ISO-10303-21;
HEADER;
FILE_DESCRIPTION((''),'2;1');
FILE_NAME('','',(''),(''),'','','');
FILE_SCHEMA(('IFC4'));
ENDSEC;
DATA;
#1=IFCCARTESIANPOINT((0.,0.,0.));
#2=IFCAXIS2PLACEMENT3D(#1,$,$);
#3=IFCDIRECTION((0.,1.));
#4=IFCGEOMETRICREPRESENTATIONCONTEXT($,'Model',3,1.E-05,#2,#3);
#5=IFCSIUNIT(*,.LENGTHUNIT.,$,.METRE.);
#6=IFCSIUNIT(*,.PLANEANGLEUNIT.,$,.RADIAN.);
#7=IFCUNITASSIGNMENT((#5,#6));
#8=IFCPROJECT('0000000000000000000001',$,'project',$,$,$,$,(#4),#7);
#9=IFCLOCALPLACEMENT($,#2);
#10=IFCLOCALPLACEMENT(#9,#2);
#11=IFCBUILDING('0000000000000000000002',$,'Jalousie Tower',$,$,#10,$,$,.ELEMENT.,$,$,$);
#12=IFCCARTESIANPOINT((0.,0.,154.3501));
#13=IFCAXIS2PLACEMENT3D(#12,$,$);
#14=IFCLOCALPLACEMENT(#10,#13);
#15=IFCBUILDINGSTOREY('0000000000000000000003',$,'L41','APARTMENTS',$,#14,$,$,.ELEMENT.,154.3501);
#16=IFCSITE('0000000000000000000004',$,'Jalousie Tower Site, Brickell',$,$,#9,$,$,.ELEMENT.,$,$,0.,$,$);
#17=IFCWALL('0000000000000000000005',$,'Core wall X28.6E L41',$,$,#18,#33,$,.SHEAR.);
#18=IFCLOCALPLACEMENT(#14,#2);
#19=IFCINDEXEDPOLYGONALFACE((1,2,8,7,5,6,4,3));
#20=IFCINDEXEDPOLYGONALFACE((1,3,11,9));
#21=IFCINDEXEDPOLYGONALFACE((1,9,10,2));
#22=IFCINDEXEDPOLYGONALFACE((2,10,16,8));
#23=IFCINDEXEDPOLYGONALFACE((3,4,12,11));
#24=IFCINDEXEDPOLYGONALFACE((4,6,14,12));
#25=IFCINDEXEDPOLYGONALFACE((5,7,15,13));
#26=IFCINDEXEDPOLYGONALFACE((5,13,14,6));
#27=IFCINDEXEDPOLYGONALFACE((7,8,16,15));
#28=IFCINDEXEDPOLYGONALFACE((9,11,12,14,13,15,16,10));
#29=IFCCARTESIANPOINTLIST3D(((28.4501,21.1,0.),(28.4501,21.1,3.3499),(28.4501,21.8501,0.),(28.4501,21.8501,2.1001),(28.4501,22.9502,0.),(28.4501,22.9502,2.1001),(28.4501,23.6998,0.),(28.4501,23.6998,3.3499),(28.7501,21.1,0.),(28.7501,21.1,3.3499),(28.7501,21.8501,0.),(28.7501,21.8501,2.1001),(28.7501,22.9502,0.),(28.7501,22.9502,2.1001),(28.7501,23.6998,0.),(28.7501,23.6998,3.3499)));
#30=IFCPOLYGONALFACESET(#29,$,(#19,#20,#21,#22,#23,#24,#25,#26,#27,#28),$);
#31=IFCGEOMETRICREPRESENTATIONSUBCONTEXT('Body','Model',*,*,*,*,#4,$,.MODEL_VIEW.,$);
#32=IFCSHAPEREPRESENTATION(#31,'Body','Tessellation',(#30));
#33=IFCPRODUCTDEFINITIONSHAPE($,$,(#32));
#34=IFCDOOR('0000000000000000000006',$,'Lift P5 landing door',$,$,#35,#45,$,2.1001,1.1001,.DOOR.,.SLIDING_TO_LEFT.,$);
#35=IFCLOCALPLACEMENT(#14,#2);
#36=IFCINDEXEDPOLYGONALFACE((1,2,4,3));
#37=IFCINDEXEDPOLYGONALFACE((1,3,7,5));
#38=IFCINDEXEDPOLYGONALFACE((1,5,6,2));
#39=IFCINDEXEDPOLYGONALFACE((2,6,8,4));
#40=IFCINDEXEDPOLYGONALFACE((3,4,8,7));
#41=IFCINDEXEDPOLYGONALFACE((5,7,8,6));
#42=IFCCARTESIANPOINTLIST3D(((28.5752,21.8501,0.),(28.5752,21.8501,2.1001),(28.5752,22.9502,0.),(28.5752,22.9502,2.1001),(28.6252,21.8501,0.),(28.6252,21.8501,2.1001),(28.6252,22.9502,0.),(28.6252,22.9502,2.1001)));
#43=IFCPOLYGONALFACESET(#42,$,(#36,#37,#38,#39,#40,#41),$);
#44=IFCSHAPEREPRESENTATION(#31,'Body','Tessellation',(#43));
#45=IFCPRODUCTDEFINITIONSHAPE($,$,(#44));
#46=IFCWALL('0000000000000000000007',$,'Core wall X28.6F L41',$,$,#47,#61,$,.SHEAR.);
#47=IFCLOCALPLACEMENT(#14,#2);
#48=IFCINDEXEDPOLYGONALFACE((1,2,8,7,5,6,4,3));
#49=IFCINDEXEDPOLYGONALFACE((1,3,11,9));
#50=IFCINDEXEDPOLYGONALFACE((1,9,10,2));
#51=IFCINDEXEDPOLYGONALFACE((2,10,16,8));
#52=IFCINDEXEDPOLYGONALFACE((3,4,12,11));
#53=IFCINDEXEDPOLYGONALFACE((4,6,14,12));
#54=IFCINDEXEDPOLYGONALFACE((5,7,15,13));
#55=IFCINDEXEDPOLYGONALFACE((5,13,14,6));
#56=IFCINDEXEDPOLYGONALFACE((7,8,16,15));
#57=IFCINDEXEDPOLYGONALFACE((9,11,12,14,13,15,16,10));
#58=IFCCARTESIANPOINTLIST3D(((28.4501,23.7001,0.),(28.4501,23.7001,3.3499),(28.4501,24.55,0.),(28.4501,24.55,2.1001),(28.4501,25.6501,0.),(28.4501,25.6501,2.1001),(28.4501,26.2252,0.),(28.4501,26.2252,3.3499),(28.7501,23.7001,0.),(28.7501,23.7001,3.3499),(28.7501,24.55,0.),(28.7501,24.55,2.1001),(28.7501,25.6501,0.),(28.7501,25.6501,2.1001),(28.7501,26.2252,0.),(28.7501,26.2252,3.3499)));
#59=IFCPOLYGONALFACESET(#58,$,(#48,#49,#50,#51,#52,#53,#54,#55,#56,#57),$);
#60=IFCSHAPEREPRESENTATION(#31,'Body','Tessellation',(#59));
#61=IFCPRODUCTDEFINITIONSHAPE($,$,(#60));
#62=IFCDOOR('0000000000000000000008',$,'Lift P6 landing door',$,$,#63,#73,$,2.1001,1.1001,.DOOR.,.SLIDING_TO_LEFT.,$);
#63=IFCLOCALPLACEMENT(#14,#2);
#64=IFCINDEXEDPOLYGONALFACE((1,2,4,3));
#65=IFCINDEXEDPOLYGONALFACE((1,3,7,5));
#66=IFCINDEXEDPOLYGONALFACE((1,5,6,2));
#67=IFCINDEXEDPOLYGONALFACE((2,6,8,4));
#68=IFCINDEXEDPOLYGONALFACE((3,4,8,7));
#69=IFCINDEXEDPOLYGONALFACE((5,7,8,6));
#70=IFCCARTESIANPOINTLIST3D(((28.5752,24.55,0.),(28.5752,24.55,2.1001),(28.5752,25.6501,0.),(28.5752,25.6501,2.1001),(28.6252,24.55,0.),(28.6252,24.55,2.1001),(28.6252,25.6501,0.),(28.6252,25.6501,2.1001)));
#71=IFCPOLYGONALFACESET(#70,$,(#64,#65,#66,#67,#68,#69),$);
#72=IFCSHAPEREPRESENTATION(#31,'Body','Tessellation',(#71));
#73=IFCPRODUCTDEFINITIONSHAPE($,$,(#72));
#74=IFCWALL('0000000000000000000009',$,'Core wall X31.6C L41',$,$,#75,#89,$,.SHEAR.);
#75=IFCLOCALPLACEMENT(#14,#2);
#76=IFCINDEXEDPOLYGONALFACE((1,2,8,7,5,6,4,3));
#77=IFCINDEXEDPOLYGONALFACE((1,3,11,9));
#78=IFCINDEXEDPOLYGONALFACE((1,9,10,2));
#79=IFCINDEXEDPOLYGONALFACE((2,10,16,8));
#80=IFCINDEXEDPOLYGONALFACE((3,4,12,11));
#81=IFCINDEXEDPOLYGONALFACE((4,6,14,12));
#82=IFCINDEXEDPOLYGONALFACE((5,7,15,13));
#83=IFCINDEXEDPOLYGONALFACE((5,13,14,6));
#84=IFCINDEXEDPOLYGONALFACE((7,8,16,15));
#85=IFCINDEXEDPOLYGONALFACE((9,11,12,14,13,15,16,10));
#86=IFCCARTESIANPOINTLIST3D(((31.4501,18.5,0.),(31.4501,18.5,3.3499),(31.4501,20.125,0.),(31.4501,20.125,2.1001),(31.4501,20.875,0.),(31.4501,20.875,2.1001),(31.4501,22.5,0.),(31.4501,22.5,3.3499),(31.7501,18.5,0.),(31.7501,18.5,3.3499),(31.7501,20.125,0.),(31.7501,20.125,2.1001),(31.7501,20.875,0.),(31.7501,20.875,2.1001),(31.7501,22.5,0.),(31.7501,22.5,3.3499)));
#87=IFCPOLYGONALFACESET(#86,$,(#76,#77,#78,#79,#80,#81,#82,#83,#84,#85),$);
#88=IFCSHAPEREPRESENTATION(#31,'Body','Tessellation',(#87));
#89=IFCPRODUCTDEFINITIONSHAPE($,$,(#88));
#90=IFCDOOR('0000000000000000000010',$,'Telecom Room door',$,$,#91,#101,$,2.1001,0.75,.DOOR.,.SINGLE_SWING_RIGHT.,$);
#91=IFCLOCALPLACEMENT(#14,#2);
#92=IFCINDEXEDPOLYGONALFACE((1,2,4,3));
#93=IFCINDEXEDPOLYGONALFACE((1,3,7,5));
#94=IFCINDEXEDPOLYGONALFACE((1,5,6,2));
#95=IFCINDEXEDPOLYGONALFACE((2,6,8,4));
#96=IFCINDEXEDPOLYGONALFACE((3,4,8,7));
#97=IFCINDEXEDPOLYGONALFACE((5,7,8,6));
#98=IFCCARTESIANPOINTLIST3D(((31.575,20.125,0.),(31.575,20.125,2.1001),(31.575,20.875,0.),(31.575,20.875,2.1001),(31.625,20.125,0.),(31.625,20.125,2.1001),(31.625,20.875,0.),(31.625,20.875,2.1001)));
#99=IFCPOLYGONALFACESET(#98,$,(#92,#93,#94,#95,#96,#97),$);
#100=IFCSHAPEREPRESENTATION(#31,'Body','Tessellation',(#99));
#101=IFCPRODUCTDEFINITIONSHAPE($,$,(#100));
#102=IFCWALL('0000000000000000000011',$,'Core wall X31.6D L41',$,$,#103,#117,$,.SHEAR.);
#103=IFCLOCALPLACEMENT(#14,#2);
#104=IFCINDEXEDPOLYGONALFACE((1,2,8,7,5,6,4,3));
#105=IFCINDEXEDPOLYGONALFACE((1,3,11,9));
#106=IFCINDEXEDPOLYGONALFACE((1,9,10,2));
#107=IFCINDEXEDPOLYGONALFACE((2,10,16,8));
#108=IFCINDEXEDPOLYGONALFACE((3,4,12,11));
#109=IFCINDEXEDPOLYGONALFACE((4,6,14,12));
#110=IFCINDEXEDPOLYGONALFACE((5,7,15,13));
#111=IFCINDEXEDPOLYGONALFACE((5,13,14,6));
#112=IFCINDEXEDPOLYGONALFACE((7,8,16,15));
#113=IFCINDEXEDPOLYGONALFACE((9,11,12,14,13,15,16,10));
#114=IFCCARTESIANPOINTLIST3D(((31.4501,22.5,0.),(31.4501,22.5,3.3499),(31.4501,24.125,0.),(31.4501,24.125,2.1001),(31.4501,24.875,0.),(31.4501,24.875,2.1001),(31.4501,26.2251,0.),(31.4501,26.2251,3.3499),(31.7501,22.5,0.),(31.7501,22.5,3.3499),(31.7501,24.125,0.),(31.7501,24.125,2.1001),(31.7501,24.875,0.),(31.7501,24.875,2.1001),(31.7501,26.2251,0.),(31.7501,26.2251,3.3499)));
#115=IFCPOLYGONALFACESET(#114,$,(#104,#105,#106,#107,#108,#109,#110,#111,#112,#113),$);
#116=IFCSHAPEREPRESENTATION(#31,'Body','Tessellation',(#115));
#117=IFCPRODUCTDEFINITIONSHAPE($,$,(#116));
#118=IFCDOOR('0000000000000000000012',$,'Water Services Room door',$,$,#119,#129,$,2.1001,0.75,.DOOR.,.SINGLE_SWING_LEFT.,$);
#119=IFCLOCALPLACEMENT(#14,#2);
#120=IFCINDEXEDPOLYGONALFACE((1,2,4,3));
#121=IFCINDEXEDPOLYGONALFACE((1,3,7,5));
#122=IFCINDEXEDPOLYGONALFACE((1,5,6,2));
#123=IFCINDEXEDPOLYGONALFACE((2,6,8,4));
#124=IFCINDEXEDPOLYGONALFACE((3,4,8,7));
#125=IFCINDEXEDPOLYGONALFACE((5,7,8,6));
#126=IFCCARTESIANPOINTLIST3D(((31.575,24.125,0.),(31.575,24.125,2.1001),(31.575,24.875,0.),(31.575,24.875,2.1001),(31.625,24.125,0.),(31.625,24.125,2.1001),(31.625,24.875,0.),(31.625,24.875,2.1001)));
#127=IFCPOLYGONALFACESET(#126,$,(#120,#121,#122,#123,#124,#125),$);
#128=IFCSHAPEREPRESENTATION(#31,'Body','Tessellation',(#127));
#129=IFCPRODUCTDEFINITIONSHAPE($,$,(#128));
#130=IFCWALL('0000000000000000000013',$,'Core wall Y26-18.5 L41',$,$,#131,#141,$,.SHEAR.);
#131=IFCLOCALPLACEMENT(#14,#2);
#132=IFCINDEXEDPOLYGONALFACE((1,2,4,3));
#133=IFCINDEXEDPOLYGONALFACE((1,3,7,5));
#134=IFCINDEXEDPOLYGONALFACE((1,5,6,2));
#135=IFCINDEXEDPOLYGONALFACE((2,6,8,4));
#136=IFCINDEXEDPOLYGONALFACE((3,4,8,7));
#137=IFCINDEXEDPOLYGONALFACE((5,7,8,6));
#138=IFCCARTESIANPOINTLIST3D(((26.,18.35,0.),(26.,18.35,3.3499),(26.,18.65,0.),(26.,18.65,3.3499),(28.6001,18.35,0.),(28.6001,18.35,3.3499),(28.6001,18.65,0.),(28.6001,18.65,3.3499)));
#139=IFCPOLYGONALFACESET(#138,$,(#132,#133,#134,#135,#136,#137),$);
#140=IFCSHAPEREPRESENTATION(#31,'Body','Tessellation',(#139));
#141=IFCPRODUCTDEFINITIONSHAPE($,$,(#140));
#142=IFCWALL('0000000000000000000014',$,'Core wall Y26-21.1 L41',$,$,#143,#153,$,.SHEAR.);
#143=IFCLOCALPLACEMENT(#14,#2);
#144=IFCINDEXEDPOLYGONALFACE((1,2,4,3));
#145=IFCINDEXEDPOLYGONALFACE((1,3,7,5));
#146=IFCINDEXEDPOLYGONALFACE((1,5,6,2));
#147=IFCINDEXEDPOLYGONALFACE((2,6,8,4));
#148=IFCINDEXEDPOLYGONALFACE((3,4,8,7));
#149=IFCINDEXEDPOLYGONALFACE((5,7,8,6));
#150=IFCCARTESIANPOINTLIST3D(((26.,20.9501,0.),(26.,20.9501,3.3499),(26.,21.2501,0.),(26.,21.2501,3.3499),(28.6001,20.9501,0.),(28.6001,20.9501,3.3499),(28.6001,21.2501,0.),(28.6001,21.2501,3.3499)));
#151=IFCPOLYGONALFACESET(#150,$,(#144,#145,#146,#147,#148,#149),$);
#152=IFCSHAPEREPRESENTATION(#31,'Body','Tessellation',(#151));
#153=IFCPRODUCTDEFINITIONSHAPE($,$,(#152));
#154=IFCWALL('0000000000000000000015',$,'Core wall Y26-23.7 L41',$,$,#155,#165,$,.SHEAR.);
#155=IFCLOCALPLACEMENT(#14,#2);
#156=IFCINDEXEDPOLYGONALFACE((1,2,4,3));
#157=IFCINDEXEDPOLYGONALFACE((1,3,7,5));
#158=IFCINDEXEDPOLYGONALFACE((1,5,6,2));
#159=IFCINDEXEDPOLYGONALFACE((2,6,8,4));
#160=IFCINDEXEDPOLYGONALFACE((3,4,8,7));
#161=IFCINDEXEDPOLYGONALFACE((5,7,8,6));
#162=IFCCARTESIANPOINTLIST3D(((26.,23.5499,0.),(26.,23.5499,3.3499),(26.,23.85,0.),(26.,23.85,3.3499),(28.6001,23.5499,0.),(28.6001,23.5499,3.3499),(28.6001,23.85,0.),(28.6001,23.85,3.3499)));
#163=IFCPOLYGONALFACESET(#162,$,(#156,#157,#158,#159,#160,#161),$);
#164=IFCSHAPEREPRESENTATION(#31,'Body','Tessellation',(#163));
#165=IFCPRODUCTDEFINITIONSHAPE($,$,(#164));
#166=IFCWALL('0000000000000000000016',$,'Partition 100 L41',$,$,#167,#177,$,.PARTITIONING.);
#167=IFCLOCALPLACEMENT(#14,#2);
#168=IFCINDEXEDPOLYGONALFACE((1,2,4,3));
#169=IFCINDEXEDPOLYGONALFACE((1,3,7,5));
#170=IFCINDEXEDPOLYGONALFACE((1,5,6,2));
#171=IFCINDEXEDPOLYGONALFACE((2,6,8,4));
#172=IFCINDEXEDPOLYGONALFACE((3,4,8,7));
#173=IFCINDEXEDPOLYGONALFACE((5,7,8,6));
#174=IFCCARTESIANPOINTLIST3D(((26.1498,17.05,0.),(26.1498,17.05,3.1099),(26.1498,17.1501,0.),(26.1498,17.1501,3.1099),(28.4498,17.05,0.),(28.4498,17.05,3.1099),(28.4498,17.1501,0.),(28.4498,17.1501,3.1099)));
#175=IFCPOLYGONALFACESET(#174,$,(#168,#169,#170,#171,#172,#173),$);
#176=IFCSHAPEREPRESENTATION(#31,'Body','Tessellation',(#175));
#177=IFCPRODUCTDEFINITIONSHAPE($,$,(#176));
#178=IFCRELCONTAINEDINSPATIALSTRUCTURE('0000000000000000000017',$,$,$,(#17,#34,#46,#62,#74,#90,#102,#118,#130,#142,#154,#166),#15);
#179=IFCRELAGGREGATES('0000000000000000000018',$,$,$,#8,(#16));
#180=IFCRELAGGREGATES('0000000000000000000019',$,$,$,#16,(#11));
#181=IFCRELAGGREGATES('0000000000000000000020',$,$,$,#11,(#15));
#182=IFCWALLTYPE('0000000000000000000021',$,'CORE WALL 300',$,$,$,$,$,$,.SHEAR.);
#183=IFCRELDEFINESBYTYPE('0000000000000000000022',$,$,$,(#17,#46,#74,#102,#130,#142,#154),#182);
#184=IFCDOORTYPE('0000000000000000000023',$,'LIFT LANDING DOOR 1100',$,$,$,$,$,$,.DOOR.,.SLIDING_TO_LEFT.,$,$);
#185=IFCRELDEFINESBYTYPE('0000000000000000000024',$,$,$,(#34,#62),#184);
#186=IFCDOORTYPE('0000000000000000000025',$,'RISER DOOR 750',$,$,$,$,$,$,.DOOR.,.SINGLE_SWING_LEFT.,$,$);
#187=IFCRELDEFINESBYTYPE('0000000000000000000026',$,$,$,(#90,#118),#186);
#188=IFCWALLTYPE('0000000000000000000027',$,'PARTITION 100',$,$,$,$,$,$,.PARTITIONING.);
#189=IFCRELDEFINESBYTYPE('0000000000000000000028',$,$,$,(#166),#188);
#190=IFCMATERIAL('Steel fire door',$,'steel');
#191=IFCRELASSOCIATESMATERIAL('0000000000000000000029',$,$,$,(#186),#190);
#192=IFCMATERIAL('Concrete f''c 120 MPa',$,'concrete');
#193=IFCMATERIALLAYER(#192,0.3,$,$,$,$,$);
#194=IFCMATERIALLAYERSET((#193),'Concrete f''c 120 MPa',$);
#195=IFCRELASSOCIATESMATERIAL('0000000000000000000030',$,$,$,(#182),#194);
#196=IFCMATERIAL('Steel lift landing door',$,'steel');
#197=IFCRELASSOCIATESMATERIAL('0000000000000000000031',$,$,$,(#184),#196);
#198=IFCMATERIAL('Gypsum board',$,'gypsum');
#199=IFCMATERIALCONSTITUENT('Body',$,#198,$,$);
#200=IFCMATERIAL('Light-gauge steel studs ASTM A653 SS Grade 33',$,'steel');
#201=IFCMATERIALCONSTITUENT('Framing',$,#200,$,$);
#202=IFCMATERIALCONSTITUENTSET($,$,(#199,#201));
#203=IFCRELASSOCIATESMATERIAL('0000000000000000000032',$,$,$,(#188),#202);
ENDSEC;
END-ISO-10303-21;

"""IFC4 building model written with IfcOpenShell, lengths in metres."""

from ifc_helpers import new_model, si_unit, direction, frame, frame_2d, origin, place, context, subcontext, project, spatial, rectangle, extrude, material, layer, layer_set, constituent, constituent_set, type_object, element, fill, save


model = new_model("IFC4")

# Units and contexts
model_context = context("Model", 3, precision=1e-05, world=origin(), true_north=direction((0.0, 1.0)))
body_context = subcontext(model_context, "Body", "Model", "MODEL_VIEW")
ifc_project = project(units=[si_unit("LENGTHUNIT", "METRE"), si_unit("PLANEANGLEUNIT", "RADIAN")], contexts=[model_context])

# Site, building, storey
site_placement = place(None, origin())
site = spatial("IfcSite", under=ifc_project, at=site_placement, Name="Jalousie Tower Site, Brickell", CompositionType="ELEMENT", RefElevation=0.0)
building_placement = place(site_placement, origin())
building = spatial("IfcBuilding", under=site, at=building_placement, Name="Jalousie Tower", CompositionType="ELEMENT")
storey_placement = place(building_placement, frame((0.0, 0.0, 154.3501)))
storey = spatial("IfcBuildingStorey", under=building, at=storey_placement, Name="L41", Description="APARTMENTS", CompositionType="ELEMENT", Elevation=154.3501)

# Shared definitions
ifc_material_1 = material(Name="Steel fire door", Category="steel")
door_type_1 = type_object("IfcDoorType", Name="RISER DOOR 750", OperationType="SINGLE_SWING_LEFT", PredefinedType="DOOR", material=ifc_material_1)

# Shared definitions
ifc_material_2 = material(Name="Concrete f'c 120 MPa", Category="concrete")
ifc_layer_1 = layer(ifc_material_2, 0.3)
ifc_layer_set_1 = layer_set([ifc_layer_1], Name="Concrete f'c 120 MPa")
wall_type_1 = type_object("IfcWallType", Name="CORE WALL 300", PredefinedType="SHEAR", material=ifc_layer_set_1)

# Walls, openings, doors
ifc_material_3 = material(Name="Steel lift landing door", Category="steel")
door_type_2 = type_object("IfcDoorType", Name="LIFT LANDING DOOR 1100", OperationType="SLIDING_TO_LEFT", PredefinedType="DOOR", material=ifc_material_3)
wall_1_placement = place(storey_placement, frame((28.6001, 21.1001, 0.0), z_axis=(0.0, 0.0, 1.0), x_axis=(0.0, 1.0, 0.0)))
wall_1 = element("IfcWall", 1, at=wall_1_placement, inside=storey, type_object=wall_type_1, Name="Core wall X28.6E L41", PredefinedType="SHEAR", context=body_context, shape_type="SweptSolid", body=[
    extrude(rectangle(XDim=2.5999, YDim=0.3, at=frame_2d((1.2998, 0.0))), origin(), (0.0, 0.0, 1.0), 3.3499),
])
opening_1_placement = place(wall_1_placement, frame((0.75, 0.0, 0.0)))
opening_1 = element("IfcOpeningElement", 2, at=opening_1_placement, cuts=wall_1, PredefinedType="OPENING", context=body_context, shape_type="SweptSolid", body=[
    extrude(rectangle(XDim=1.1001, YDim=2.1001, at=frame_2d((0.55, 1.05))), frame((0.0, 0.1599, 0.0), z_axis=(0.0, -1.0, 0.0), x_axis=(1.0, 0.0, 0.0)), (0.0, 0.0, 1.0), 0.3201),
])
door_1_placement = place(opening_1_placement, origin())
door_1 = element("IfcDoor", 3, at=door_1_placement, inside=storey, type_object=door_type_2, Name="Lift P5 landing door", OperationType="SLIDING_TO_LEFT", OverallHeight=2.1001, OverallWidth=1.1001, PredefinedType="DOOR", context=body_context, shape_type="SweptSolid", body=[
    extrude(rectangle(XDim=1.1001, YDim=2.1001, at=frame_2d((0.55, 1.05))), frame((0.0, 0.0249, 0.0), z_axis=(0.0, -1.0, 0.0), x_axis=(1.0, 0.0, 0.0)), (0.0, 0.0, 1.0), 0.05),
])
fill(opening_1, door_1)
wall_2_placement = place(storey_placement, frame((28.6001, 23.7, 0.0), z_axis=(0.0, 0.0, 1.0), x_axis=(0.0, 1.0, 0.0)))
wall_2 = element("IfcWall", 4, at=wall_2_placement, inside=storey, type_object=wall_type_1, Name="Core wall X28.6F L41", PredefinedType="SHEAR", context=body_context, shape_type="SweptSolid", body=[
    extrude(rectangle(XDim=2.5251, YDim=0.3, at=frame_2d((1.2627, 0.0))), origin(), (0.0, 0.0, 1.0), 3.3499),
])
opening_2_placement = place(wall_2_placement, frame((0.8501, 0.0, 0.0)))
opening_2 = element("IfcOpeningElement", 5, at=opening_2_placement, cuts=wall_2, PredefinedType="OPENING", context=body_context, shape_type="SweptSolid", body=[
    extrude(rectangle(XDim=1.1001, YDim=2.1001, at=frame_2d((0.55, 1.05))), frame((0.0, 0.1599, 0.0), z_axis=(0.0, -1.0, 0.0), x_axis=(1.0, 0.0, 0.0)), (0.0, 0.0, 1.0), 0.3201),
])
door_2_placement = place(opening_2_placement, origin())
door_2 = element("IfcDoor", 6, at=door_2_placement, inside=storey, type_object=door_type_2, Name="Lift P6 landing door", OperationType="SLIDING_TO_LEFT", OverallHeight=2.1001, OverallWidth=1.1001, PredefinedType="DOOR", context=body_context, shape_type="SweptSolid", body=[
    extrude(rectangle(XDim=1.1001, YDim=2.1001, at=frame_2d((0.55, 1.05))), frame((0.0, 0.0249, 0.0), z_axis=(0.0, -1.0, 0.0), x_axis=(1.0, 0.0, 0.0)), (0.0, 0.0, 1.0), 0.05),
])
fill(opening_2, door_2)
wall_3_placement = place(storey_placement, frame((31.6001, 18.5, 0.0), z_axis=(0.0, 0.0, 1.0), x_axis=(0.0, 1.0, 0.0)))
wall_3 = element("IfcWall", 7, at=wall_3_placement, inside=storey, type_object=wall_type_1, Name="Core wall X31.6C L41", PredefinedType="SHEAR", context=body_context, shape_type="SweptSolid", body=[
    extrude(rectangle(XDim=4.0, YDim=0.3, at=frame_2d((2.0, 0.0))), origin(), (0.0, 0.0, 1.0), 3.3499),
])
opening_3_placement = place(wall_3_placement, frame((1.625, 0.0, 0.0)))
opening_3 = element("IfcOpeningElement", 8, at=opening_3_placement, cuts=wall_3, PredefinedType="OPENING", context=body_context, shape_type="SweptSolid", body=[
    extrude(rectangle(XDim=0.75, YDim=2.1001, at=frame_2d((0.375, 1.05))), frame((0.0, 0.1599, 0.0), z_axis=(0.0, -1.0, 0.0), x_axis=(1.0, 0.0, 0.0)), (0.0, 0.0, 1.0), 0.3201),
])
door_3_placement = place(opening_3_placement, frame((0.75, 0.0, 0.0), z_axis=(0.0, 0.0, 1.0), x_axis=(-1.0, 0.0, 0.0)))
door_3 = element("IfcDoor", 9, at=door_3_placement, inside=storey, type_object=door_type_1, Name="Telecom Room door", OperationType="SINGLE_SWING_RIGHT", OverallHeight=2.1001, OverallWidth=0.75, PredefinedType="DOOR", context=body_context, shape_type="SweptSolid", body=[
    extrude(rectangle(XDim=0.75, YDim=2.1001, at=frame_2d((0.375, 1.05))), frame((0.0, 0.0249, 0.0), z_axis=(0.0, -1.0, 0.0), x_axis=(1.0, 0.0, 0.0)), (0.0, 0.0, 1.0), 0.05),
])
fill(opening_3, door_3)
wall_4_placement = place(storey_placement, frame((31.6001, 22.5, 0.0), z_axis=(0.0, 0.0, 1.0), x_axis=(0.0, 1.0, 0.0)))
wall_4 = element("IfcWall", 10, at=wall_4_placement, inside=storey, type_object=wall_type_1, Name="Core wall X31.6D L41", PredefinedType="SHEAR", context=body_context, shape_type="SweptSolid", body=[
    extrude(rectangle(XDim=3.7251, YDim=0.3, at=frame_2d((1.8625, 0.0))), origin(), (0.0, 0.0, 1.0), 3.3499),
])
opening_4_placement = place(wall_4_placement, frame((1.625, 0.0, 0.0)))
opening_4 = element("IfcOpeningElement", 11, at=opening_4_placement, cuts=wall_4, PredefinedType="OPENING", context=body_context, shape_type="SweptSolid", body=[
    extrude(rectangle(XDim=0.75, YDim=2.1001, at=frame_2d((0.375, 1.05))), frame((0.0, 0.1599, 0.0), z_axis=(0.0, -1.0, 0.0), x_axis=(1.0, 0.0, 0.0)), (0.0, 0.0, 1.0), 0.3201),
])
door_4_placement = place(opening_4_placement, frame((0.75, 0.0, 0.0), z_axis=(0.0, 0.0, 1.0), x_axis=(-1.0, 0.0, 0.0)))
door_4 = element("IfcDoor", 12, at=door_4_placement, inside=storey, type_object=door_type_1, Name="Water Services Room door", OperationType="SINGLE_SWING_LEFT", OverallHeight=2.1001, OverallWidth=0.75, PredefinedType="DOOR", context=body_context, shape_type="SweptSolid", body=[
    extrude(rectangle(XDim=0.75, YDim=2.1001, at=frame_2d((0.375, 1.05))), frame((0.0, 0.0249, 0.0), z_axis=(0.0, -1.0, 0.0), x_axis=(1.0, 0.0, 0.0)), (0.0, 0.0, 1.0), 0.05),
])
fill(opening_4, door_4)

# Walls
for number, where, z_axis, x_axis, name in (
    (13, (26.0, 18.5, 0.0), (0.0, 0.0, 1.0), (1.0, 0.0, 0.0), "Core wall Y26-18.5 L41"),
    (14, (26.0, 21.1001, 0.0), (0.0, 0.0, 1.0), (1.0, 0.0, 0.0), "Core wall Y26-21.1 L41"),
    (15, (26.0, 23.7, 0.0), (0.0, 0.0, 1.0), (1.0, 0.0, 0.0), "Core wall Y26-23.7 L41"),
):
    element("IfcWall", number, at=place(storey_placement, frame(where, z_axis=z_axis, x_axis=x_axis)), inside=storey, type_object=wall_type_1, Name=name, PredefinedType="SHEAR", context=body_context, shape_type="SweptSolid", body=[
        extrude(rectangle(XDim=2.6001, YDim=0.3, at=frame_2d((1.3, 0.0))), origin(), (0.0, 0.0, 1.0), 3.3499),
    ])
ifc_material_4 = material(Name="Gypsum board", Category="gypsum")
ifc_constituent_1 = constituent(ifc_material_4, Name="Body")
ifc_material_5 = material(Name="Light-gauge steel studs ASTM A653 SS Grade 33", Category="steel")
ifc_constituent_2 = constituent(ifc_material_5, Name="Framing")
ifc_constituent_set = constituent_set(constituents=[ifc_constituent_1, ifc_constituent_2])
wall_type_2 = type_object("IfcWallType", Name="PARTITION 100", PredefinedType="PARTITIONING", material=ifc_constituent_set)
wall_5_placement = place(storey_placement, frame((26.1499, 17.1001, 0.0), z_axis=(0.0, 0.0, 1.0), x_axis=(1.0, 0.0, 0.0)))
element("IfcWall", 16, at=wall_5_placement, inside=storey, type_object=wall_type_2, Name="Partition 100 L41", PredefinedType="PARTITIONING", context=body_context, shape_type="SweptSolid", body=[
    extrude(rectangle(XDim=2.3, YDim=0.1001, at=frame_2d((1.1499, 0.0))), origin(), (0.0, 0.0, 1.0), 3.1099),
])

save(model, "model.ifc")
